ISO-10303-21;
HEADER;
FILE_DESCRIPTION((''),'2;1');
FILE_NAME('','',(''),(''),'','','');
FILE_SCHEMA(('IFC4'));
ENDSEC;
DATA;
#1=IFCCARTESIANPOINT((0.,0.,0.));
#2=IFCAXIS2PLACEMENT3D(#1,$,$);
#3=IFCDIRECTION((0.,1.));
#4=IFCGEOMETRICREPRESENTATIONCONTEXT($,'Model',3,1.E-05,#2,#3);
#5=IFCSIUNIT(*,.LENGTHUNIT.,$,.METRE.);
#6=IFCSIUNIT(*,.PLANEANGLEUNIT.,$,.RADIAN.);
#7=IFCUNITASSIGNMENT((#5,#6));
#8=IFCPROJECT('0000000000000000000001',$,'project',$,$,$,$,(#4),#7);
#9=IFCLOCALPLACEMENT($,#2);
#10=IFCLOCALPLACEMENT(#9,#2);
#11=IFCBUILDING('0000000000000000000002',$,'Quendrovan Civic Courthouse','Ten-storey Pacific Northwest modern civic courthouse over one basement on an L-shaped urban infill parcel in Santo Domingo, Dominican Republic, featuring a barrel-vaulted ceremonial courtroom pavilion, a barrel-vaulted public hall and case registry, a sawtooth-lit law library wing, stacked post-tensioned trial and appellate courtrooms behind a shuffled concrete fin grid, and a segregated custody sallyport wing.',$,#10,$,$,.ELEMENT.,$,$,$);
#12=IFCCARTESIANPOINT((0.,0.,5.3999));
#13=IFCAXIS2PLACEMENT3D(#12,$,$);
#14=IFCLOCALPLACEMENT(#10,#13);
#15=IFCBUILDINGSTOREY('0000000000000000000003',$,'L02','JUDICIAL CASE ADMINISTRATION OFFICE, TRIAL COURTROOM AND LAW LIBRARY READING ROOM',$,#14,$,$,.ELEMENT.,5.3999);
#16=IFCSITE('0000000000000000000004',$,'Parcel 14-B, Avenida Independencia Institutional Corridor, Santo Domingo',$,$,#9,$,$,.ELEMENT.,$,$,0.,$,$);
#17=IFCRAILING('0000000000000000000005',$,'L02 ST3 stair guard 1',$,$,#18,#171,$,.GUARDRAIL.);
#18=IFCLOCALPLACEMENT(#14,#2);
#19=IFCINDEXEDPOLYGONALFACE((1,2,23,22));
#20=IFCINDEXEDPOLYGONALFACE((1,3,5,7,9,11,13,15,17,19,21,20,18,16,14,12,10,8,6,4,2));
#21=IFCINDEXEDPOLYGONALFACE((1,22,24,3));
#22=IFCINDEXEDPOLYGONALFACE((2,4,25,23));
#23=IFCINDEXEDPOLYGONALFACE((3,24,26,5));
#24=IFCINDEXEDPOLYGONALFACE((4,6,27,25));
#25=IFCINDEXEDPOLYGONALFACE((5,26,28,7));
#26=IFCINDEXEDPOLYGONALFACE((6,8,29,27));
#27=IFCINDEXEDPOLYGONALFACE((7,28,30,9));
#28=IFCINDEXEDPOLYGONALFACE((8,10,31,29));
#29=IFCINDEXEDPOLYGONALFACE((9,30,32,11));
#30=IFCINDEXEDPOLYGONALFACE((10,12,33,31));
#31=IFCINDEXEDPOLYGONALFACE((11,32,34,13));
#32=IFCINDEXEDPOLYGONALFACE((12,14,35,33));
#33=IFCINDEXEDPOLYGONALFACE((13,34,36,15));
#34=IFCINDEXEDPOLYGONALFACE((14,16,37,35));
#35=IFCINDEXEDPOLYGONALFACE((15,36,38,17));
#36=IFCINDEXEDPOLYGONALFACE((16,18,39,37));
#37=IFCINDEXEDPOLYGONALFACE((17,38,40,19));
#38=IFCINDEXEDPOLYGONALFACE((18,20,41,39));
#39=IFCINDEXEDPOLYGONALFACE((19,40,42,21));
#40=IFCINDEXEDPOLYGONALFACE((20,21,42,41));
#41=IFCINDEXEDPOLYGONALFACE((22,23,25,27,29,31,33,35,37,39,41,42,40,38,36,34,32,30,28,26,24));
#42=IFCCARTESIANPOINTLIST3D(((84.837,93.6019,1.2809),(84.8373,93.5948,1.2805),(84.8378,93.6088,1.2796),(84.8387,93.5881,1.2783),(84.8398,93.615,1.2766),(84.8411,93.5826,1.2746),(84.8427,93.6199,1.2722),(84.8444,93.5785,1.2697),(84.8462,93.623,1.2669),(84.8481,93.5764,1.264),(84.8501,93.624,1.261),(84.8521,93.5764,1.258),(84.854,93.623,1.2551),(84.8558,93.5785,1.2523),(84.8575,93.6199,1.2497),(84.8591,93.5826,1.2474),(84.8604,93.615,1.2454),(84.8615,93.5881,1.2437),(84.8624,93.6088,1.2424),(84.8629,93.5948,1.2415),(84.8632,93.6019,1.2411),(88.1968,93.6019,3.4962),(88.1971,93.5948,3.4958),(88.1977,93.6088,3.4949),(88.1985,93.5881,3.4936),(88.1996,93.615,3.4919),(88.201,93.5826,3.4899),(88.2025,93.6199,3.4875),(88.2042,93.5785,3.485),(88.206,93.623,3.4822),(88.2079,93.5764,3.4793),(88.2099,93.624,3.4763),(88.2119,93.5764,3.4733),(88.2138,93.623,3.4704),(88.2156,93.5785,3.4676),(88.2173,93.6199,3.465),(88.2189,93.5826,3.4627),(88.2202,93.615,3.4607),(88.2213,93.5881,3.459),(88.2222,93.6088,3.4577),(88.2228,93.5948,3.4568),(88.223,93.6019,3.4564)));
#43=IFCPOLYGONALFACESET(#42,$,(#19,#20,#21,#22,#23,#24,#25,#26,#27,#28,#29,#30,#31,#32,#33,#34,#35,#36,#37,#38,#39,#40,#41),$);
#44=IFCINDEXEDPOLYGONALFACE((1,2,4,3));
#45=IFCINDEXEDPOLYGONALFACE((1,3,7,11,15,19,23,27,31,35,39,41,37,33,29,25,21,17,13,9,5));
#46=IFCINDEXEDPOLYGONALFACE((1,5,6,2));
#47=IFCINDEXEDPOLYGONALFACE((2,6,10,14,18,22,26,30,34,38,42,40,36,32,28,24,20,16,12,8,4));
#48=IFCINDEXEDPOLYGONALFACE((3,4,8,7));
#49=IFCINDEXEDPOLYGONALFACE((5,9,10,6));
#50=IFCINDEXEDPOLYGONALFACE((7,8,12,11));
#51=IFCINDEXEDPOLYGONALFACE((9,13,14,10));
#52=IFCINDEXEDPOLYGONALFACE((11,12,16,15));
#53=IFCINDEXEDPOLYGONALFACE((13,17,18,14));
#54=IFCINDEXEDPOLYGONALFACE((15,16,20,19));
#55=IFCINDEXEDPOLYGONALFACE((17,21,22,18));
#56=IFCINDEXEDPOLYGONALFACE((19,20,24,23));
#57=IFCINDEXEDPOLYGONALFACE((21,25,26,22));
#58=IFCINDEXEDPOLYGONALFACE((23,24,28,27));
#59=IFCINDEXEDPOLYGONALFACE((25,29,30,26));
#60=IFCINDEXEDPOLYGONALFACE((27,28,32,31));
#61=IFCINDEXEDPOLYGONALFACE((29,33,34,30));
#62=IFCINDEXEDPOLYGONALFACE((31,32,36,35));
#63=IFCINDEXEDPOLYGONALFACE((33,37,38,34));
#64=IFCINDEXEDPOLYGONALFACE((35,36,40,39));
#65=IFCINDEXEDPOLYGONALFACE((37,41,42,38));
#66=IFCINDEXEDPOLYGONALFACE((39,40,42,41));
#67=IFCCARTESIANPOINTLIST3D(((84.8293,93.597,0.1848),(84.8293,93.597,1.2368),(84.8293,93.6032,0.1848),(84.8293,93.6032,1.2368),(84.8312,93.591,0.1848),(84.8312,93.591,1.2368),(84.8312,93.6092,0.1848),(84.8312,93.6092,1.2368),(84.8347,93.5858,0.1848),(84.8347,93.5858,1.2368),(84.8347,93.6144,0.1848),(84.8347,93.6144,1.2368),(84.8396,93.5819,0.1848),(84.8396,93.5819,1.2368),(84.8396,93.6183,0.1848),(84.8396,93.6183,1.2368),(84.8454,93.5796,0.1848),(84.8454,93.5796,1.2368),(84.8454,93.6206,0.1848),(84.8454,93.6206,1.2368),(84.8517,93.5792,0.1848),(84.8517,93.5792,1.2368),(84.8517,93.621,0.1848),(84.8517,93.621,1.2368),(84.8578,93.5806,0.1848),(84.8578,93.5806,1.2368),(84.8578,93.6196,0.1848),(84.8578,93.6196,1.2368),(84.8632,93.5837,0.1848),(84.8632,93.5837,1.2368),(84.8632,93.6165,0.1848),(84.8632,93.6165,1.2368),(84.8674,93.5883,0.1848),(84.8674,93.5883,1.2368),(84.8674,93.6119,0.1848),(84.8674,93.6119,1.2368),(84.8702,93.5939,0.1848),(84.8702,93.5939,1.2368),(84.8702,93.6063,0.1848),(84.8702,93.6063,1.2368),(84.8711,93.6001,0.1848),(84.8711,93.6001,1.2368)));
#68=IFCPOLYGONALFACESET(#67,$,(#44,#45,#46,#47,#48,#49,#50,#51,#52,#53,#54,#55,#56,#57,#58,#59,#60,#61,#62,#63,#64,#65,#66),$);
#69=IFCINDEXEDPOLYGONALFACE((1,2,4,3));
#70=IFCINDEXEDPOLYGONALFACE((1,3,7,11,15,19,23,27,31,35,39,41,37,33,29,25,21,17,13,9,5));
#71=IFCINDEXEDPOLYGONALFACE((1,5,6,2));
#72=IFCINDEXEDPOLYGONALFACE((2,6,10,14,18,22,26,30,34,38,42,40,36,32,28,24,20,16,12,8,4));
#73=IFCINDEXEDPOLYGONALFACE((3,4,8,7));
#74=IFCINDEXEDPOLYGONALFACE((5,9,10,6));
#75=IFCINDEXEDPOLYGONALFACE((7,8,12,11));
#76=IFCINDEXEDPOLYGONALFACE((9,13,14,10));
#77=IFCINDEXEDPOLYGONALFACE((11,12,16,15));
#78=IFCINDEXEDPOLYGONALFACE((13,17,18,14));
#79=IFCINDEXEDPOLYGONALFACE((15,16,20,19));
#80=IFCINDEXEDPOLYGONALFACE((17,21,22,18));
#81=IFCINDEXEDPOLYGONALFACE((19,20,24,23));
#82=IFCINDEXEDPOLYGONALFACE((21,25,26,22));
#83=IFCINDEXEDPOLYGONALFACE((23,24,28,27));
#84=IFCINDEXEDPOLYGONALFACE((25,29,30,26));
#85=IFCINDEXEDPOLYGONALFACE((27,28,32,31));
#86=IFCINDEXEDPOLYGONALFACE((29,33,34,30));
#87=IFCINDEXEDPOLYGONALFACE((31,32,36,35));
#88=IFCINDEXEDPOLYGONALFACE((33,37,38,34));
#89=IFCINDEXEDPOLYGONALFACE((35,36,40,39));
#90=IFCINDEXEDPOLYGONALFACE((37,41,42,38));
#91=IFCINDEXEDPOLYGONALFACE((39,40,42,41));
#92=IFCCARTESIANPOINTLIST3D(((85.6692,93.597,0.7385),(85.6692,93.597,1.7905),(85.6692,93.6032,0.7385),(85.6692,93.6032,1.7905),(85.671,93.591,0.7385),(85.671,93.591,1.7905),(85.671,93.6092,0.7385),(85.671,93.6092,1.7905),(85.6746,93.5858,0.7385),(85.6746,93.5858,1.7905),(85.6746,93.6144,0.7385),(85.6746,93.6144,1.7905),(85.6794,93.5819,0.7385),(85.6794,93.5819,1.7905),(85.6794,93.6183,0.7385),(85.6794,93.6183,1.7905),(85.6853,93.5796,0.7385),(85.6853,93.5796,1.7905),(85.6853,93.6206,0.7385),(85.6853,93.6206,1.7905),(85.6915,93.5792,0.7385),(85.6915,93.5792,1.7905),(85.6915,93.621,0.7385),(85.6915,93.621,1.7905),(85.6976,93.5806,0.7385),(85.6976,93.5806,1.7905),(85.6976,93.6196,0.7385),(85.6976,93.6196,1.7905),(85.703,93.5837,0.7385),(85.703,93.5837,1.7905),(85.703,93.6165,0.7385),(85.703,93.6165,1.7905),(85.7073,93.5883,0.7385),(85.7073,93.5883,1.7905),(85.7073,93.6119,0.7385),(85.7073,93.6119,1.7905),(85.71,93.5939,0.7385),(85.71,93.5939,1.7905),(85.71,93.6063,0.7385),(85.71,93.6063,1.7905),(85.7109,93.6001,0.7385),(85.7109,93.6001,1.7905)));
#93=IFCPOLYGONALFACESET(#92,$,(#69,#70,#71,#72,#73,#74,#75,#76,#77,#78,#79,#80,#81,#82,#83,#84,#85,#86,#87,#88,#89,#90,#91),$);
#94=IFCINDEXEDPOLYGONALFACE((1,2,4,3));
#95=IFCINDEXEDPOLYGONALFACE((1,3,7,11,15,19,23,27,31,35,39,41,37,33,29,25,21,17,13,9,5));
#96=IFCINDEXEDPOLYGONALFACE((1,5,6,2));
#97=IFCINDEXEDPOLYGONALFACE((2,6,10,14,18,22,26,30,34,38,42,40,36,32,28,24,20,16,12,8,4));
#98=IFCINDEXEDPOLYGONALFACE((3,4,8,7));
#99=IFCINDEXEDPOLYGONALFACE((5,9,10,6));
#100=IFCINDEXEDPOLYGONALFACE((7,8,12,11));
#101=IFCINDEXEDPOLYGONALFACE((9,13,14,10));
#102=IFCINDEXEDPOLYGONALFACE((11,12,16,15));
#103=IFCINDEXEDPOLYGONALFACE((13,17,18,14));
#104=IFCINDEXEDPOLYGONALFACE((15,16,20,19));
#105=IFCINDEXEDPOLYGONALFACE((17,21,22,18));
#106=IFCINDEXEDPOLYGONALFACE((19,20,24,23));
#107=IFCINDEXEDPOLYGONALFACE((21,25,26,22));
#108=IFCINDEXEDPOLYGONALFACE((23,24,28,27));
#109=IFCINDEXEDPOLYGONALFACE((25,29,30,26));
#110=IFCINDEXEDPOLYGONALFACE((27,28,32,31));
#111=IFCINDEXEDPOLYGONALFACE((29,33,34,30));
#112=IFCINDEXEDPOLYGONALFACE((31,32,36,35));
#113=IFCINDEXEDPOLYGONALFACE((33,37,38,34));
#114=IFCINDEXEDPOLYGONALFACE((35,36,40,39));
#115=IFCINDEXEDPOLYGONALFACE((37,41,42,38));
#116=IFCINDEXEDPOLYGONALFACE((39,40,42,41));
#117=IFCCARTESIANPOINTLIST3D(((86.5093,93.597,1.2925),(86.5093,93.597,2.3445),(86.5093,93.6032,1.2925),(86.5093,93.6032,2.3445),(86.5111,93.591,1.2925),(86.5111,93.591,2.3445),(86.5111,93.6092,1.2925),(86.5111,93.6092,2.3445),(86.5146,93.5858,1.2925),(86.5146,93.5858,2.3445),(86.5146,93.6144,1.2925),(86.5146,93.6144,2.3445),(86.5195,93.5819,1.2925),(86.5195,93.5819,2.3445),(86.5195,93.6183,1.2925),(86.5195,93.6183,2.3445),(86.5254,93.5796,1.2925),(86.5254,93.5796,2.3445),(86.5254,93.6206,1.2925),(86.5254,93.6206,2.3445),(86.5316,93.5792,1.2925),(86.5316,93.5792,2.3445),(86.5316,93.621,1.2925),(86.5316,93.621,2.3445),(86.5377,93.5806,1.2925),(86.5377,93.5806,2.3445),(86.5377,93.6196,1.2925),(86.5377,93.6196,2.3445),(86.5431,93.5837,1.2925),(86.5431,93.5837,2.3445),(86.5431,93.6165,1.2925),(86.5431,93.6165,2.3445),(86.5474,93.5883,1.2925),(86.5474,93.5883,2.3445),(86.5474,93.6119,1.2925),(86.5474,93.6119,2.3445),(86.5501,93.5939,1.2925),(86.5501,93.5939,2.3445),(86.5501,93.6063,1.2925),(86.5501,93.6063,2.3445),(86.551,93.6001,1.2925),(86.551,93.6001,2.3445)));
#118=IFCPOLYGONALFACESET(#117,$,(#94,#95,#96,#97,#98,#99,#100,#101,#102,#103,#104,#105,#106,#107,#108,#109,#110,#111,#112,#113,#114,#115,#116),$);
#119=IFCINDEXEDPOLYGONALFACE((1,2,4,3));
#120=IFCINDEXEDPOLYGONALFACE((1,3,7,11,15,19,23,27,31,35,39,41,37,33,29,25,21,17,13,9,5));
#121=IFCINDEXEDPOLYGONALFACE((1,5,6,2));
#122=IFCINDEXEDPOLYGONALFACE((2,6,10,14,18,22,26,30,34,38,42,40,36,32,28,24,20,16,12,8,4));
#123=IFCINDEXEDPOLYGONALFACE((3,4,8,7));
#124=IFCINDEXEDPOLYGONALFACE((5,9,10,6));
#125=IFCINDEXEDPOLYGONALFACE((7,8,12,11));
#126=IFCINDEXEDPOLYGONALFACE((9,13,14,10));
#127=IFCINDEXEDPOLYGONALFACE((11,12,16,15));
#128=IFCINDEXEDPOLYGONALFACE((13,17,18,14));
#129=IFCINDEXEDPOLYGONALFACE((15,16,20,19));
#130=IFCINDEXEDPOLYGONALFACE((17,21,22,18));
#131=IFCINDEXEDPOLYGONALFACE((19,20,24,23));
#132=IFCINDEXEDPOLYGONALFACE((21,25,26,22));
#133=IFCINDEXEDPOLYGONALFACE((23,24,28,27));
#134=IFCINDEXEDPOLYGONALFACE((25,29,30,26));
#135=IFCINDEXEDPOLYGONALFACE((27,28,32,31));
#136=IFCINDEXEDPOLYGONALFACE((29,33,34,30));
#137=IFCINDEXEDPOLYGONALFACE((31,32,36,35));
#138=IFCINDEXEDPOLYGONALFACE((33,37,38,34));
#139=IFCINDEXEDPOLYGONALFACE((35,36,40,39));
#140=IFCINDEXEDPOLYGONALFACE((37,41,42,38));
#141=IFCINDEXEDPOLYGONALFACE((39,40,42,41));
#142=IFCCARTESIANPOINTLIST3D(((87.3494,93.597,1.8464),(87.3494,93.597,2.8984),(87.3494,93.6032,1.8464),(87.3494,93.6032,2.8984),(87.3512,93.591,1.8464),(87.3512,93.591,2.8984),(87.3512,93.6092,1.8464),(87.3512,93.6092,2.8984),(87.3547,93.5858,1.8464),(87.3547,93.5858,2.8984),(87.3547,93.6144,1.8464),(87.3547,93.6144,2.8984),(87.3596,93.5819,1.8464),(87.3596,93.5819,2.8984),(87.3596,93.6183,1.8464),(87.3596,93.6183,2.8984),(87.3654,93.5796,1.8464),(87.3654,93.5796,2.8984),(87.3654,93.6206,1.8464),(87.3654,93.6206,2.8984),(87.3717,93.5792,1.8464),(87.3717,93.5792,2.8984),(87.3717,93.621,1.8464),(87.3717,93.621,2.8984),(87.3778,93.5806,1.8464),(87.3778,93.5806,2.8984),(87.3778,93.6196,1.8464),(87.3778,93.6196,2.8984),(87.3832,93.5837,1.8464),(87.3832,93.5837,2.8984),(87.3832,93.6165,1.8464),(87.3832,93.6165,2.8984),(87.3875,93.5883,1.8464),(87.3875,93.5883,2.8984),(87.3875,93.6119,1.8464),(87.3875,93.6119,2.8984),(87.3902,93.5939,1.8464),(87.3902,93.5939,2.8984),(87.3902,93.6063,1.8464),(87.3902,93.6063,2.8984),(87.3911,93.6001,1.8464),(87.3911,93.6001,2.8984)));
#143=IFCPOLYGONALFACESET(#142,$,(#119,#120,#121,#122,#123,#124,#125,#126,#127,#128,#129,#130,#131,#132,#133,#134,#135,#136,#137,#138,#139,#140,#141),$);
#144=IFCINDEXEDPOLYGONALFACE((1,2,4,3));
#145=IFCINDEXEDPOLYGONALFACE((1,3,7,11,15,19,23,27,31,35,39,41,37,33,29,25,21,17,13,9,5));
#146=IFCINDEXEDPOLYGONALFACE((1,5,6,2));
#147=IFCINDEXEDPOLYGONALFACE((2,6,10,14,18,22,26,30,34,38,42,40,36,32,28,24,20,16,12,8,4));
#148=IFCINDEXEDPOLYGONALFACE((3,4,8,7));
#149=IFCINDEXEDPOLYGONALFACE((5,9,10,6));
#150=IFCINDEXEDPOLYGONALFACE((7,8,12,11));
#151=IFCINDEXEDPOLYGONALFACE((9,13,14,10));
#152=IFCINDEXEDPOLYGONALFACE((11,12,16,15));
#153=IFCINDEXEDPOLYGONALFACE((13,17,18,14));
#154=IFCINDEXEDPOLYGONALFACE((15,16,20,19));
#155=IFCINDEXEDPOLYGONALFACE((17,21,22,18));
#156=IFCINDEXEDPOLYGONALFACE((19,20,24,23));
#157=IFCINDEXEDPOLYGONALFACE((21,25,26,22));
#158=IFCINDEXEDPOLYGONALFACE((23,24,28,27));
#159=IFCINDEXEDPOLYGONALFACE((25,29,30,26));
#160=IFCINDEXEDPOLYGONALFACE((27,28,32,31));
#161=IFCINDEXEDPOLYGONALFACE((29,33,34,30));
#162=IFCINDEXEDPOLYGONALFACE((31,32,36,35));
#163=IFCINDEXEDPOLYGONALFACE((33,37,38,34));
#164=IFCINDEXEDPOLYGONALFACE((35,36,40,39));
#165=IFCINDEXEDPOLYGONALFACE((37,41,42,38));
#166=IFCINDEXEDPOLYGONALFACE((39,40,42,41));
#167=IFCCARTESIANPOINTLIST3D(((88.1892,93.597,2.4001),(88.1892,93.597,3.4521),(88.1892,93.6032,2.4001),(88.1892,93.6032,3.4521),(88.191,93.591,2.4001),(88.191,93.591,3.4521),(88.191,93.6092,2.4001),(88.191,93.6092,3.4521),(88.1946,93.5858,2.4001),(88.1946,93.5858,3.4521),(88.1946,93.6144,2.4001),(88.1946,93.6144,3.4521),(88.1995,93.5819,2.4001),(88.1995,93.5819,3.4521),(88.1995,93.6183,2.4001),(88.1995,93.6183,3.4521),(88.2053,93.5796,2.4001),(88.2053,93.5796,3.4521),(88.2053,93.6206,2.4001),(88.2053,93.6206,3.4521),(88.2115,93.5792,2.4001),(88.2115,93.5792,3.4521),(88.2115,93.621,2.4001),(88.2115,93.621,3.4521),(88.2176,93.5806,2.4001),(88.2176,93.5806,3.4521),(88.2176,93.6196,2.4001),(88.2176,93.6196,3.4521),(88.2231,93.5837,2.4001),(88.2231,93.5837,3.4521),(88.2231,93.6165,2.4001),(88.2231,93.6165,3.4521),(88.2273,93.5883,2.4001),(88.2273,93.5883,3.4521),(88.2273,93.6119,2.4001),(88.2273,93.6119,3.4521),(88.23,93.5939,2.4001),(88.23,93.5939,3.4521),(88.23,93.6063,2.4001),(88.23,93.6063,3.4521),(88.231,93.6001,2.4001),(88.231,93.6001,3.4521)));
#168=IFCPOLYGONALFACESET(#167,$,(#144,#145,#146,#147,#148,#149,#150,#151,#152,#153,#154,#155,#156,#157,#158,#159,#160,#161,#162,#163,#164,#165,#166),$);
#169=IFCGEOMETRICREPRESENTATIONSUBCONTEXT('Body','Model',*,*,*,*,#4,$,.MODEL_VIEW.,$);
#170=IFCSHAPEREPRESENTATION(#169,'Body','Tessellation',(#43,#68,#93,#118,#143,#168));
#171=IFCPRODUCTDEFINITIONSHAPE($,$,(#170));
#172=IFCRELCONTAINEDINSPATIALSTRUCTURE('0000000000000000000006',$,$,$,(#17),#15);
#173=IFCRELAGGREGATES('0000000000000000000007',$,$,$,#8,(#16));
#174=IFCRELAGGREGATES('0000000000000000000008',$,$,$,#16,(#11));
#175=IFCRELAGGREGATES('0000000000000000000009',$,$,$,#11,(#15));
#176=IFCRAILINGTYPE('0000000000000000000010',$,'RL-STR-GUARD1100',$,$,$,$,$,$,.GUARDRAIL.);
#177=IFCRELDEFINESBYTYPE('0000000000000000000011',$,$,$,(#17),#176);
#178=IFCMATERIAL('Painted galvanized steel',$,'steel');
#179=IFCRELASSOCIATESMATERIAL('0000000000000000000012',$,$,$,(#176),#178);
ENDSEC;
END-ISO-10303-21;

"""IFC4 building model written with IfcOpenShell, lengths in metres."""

from ifc_helpers import new_model, si_unit, direction, frame, origin, origin_2d, place, context, subcontext, project, spatial, circle, extrude, material, type_object, element, save


model = new_model("IFC4")

# Units and contexts
model_context = context("Model", 3, precision=1e-05, world=origin(), true_north=direction((0.0, 1.0)))
body_context = subcontext(model_context, "Body", "Model", "MODEL_VIEW")
ifc_project = project(units=[si_unit("LENGTHUNIT", "METRE"), si_unit("PLANEANGLEUNIT", "RADIAN")], contexts=[model_context])

# Site, building, storey
site_placement = place(None, origin())
site = spatial("IfcSite", under=ifc_project, at=site_placement, Name="Parcel 14-B, Avenida Independencia Institutional Corridor, Santo Domingo", CompositionType="ELEMENT", RefElevation=0.0)
building_placement = place(site_placement, origin())
building = spatial("IfcBuilding", under=site, at=building_placement, Name="Quendrovan Civic Courthouse", Description="Ten-storey Pacific Northwest modern civic courthouse over one basement on an L-shaped urban infill parcel in Santo Domingo, Dominican Republic, featuring a barrel-vaulted ceremonial courtroom pavilion, a barrel-vaulted public hall and case registry, a sawtooth-lit law library wing, stacked post-tensioned trial and appellate courtrooms behind a shuffled concrete fin grid, and a segregated custody sallyport wing.", CompositionType="ELEMENT")
storey_placement = place(building_placement, frame((0.0, 0.0, 5.3999)))
storey = spatial("IfcBuildingStorey", under=building, at=storey_placement, Name="L02", Description="JUDICIAL CASE ADMINISTRATION OFFICE, TRIAL COURTROOM AND LAW LIBRARY READING ROOM", CompositionType="ELEMENT", Elevation=5.3999)

# Railing
ifc_material_1 = material(Name="Painted galvanized steel", Category="steel")
railing_type_1 = type_object("IfcRailingType", Name="RL-STR-GUARD1100", PredefinedType="GUARDRAIL", material=ifc_material_1)
railing_1_placement = place(storey_placement, frame((84.8501, 93.6001, 0.1848)))
element("IfcRailing", 1, at=railing_1_placement, inside=storey, type_object=railing_type_1, Name="L02 ST3 stair guard 1", PredefinedType="GUARDRAIL", context=body_context, shape_type="SweptSolid", body=[
    extrude(circle(Radius=0.0239, at=origin_2d()), frame((0.0, 0.0, 1.0762), z_axis=(0.834858, 0.0, 0.550465), x_axis=(0.0, 1.0, 0.0)), (0.0, 0.0, 1.0), 4.0244),
    extrude(circle(Radius=0.021, at=origin_2d()), origin(), (0.0, 0.0, 1.0), 1.052),
    extrude(circle(Radius=0.021, at=origin_2d()), frame((0.8398, 0.0, 0.5537)), (0.0, 0.0, 1.0), 1.052),
    extrude(circle(Radius=0.021, at=origin_2d()), frame((1.6799, 0.0, 1.1077)), (0.0, 0.0, 1.0), 1.052),
    extrude(circle(Radius=0.021, at=origin_2d()), frame((2.52, 0.0, 1.6616)), (0.0, 0.0, 1.0), 1.052),
    extrude(circle(Radius=0.021, at=origin_2d()), frame((3.3599, 0.0, 2.2153)), (0.0, 0.0, 1.0), 1.052),
])

save(model, "model.ifc")
